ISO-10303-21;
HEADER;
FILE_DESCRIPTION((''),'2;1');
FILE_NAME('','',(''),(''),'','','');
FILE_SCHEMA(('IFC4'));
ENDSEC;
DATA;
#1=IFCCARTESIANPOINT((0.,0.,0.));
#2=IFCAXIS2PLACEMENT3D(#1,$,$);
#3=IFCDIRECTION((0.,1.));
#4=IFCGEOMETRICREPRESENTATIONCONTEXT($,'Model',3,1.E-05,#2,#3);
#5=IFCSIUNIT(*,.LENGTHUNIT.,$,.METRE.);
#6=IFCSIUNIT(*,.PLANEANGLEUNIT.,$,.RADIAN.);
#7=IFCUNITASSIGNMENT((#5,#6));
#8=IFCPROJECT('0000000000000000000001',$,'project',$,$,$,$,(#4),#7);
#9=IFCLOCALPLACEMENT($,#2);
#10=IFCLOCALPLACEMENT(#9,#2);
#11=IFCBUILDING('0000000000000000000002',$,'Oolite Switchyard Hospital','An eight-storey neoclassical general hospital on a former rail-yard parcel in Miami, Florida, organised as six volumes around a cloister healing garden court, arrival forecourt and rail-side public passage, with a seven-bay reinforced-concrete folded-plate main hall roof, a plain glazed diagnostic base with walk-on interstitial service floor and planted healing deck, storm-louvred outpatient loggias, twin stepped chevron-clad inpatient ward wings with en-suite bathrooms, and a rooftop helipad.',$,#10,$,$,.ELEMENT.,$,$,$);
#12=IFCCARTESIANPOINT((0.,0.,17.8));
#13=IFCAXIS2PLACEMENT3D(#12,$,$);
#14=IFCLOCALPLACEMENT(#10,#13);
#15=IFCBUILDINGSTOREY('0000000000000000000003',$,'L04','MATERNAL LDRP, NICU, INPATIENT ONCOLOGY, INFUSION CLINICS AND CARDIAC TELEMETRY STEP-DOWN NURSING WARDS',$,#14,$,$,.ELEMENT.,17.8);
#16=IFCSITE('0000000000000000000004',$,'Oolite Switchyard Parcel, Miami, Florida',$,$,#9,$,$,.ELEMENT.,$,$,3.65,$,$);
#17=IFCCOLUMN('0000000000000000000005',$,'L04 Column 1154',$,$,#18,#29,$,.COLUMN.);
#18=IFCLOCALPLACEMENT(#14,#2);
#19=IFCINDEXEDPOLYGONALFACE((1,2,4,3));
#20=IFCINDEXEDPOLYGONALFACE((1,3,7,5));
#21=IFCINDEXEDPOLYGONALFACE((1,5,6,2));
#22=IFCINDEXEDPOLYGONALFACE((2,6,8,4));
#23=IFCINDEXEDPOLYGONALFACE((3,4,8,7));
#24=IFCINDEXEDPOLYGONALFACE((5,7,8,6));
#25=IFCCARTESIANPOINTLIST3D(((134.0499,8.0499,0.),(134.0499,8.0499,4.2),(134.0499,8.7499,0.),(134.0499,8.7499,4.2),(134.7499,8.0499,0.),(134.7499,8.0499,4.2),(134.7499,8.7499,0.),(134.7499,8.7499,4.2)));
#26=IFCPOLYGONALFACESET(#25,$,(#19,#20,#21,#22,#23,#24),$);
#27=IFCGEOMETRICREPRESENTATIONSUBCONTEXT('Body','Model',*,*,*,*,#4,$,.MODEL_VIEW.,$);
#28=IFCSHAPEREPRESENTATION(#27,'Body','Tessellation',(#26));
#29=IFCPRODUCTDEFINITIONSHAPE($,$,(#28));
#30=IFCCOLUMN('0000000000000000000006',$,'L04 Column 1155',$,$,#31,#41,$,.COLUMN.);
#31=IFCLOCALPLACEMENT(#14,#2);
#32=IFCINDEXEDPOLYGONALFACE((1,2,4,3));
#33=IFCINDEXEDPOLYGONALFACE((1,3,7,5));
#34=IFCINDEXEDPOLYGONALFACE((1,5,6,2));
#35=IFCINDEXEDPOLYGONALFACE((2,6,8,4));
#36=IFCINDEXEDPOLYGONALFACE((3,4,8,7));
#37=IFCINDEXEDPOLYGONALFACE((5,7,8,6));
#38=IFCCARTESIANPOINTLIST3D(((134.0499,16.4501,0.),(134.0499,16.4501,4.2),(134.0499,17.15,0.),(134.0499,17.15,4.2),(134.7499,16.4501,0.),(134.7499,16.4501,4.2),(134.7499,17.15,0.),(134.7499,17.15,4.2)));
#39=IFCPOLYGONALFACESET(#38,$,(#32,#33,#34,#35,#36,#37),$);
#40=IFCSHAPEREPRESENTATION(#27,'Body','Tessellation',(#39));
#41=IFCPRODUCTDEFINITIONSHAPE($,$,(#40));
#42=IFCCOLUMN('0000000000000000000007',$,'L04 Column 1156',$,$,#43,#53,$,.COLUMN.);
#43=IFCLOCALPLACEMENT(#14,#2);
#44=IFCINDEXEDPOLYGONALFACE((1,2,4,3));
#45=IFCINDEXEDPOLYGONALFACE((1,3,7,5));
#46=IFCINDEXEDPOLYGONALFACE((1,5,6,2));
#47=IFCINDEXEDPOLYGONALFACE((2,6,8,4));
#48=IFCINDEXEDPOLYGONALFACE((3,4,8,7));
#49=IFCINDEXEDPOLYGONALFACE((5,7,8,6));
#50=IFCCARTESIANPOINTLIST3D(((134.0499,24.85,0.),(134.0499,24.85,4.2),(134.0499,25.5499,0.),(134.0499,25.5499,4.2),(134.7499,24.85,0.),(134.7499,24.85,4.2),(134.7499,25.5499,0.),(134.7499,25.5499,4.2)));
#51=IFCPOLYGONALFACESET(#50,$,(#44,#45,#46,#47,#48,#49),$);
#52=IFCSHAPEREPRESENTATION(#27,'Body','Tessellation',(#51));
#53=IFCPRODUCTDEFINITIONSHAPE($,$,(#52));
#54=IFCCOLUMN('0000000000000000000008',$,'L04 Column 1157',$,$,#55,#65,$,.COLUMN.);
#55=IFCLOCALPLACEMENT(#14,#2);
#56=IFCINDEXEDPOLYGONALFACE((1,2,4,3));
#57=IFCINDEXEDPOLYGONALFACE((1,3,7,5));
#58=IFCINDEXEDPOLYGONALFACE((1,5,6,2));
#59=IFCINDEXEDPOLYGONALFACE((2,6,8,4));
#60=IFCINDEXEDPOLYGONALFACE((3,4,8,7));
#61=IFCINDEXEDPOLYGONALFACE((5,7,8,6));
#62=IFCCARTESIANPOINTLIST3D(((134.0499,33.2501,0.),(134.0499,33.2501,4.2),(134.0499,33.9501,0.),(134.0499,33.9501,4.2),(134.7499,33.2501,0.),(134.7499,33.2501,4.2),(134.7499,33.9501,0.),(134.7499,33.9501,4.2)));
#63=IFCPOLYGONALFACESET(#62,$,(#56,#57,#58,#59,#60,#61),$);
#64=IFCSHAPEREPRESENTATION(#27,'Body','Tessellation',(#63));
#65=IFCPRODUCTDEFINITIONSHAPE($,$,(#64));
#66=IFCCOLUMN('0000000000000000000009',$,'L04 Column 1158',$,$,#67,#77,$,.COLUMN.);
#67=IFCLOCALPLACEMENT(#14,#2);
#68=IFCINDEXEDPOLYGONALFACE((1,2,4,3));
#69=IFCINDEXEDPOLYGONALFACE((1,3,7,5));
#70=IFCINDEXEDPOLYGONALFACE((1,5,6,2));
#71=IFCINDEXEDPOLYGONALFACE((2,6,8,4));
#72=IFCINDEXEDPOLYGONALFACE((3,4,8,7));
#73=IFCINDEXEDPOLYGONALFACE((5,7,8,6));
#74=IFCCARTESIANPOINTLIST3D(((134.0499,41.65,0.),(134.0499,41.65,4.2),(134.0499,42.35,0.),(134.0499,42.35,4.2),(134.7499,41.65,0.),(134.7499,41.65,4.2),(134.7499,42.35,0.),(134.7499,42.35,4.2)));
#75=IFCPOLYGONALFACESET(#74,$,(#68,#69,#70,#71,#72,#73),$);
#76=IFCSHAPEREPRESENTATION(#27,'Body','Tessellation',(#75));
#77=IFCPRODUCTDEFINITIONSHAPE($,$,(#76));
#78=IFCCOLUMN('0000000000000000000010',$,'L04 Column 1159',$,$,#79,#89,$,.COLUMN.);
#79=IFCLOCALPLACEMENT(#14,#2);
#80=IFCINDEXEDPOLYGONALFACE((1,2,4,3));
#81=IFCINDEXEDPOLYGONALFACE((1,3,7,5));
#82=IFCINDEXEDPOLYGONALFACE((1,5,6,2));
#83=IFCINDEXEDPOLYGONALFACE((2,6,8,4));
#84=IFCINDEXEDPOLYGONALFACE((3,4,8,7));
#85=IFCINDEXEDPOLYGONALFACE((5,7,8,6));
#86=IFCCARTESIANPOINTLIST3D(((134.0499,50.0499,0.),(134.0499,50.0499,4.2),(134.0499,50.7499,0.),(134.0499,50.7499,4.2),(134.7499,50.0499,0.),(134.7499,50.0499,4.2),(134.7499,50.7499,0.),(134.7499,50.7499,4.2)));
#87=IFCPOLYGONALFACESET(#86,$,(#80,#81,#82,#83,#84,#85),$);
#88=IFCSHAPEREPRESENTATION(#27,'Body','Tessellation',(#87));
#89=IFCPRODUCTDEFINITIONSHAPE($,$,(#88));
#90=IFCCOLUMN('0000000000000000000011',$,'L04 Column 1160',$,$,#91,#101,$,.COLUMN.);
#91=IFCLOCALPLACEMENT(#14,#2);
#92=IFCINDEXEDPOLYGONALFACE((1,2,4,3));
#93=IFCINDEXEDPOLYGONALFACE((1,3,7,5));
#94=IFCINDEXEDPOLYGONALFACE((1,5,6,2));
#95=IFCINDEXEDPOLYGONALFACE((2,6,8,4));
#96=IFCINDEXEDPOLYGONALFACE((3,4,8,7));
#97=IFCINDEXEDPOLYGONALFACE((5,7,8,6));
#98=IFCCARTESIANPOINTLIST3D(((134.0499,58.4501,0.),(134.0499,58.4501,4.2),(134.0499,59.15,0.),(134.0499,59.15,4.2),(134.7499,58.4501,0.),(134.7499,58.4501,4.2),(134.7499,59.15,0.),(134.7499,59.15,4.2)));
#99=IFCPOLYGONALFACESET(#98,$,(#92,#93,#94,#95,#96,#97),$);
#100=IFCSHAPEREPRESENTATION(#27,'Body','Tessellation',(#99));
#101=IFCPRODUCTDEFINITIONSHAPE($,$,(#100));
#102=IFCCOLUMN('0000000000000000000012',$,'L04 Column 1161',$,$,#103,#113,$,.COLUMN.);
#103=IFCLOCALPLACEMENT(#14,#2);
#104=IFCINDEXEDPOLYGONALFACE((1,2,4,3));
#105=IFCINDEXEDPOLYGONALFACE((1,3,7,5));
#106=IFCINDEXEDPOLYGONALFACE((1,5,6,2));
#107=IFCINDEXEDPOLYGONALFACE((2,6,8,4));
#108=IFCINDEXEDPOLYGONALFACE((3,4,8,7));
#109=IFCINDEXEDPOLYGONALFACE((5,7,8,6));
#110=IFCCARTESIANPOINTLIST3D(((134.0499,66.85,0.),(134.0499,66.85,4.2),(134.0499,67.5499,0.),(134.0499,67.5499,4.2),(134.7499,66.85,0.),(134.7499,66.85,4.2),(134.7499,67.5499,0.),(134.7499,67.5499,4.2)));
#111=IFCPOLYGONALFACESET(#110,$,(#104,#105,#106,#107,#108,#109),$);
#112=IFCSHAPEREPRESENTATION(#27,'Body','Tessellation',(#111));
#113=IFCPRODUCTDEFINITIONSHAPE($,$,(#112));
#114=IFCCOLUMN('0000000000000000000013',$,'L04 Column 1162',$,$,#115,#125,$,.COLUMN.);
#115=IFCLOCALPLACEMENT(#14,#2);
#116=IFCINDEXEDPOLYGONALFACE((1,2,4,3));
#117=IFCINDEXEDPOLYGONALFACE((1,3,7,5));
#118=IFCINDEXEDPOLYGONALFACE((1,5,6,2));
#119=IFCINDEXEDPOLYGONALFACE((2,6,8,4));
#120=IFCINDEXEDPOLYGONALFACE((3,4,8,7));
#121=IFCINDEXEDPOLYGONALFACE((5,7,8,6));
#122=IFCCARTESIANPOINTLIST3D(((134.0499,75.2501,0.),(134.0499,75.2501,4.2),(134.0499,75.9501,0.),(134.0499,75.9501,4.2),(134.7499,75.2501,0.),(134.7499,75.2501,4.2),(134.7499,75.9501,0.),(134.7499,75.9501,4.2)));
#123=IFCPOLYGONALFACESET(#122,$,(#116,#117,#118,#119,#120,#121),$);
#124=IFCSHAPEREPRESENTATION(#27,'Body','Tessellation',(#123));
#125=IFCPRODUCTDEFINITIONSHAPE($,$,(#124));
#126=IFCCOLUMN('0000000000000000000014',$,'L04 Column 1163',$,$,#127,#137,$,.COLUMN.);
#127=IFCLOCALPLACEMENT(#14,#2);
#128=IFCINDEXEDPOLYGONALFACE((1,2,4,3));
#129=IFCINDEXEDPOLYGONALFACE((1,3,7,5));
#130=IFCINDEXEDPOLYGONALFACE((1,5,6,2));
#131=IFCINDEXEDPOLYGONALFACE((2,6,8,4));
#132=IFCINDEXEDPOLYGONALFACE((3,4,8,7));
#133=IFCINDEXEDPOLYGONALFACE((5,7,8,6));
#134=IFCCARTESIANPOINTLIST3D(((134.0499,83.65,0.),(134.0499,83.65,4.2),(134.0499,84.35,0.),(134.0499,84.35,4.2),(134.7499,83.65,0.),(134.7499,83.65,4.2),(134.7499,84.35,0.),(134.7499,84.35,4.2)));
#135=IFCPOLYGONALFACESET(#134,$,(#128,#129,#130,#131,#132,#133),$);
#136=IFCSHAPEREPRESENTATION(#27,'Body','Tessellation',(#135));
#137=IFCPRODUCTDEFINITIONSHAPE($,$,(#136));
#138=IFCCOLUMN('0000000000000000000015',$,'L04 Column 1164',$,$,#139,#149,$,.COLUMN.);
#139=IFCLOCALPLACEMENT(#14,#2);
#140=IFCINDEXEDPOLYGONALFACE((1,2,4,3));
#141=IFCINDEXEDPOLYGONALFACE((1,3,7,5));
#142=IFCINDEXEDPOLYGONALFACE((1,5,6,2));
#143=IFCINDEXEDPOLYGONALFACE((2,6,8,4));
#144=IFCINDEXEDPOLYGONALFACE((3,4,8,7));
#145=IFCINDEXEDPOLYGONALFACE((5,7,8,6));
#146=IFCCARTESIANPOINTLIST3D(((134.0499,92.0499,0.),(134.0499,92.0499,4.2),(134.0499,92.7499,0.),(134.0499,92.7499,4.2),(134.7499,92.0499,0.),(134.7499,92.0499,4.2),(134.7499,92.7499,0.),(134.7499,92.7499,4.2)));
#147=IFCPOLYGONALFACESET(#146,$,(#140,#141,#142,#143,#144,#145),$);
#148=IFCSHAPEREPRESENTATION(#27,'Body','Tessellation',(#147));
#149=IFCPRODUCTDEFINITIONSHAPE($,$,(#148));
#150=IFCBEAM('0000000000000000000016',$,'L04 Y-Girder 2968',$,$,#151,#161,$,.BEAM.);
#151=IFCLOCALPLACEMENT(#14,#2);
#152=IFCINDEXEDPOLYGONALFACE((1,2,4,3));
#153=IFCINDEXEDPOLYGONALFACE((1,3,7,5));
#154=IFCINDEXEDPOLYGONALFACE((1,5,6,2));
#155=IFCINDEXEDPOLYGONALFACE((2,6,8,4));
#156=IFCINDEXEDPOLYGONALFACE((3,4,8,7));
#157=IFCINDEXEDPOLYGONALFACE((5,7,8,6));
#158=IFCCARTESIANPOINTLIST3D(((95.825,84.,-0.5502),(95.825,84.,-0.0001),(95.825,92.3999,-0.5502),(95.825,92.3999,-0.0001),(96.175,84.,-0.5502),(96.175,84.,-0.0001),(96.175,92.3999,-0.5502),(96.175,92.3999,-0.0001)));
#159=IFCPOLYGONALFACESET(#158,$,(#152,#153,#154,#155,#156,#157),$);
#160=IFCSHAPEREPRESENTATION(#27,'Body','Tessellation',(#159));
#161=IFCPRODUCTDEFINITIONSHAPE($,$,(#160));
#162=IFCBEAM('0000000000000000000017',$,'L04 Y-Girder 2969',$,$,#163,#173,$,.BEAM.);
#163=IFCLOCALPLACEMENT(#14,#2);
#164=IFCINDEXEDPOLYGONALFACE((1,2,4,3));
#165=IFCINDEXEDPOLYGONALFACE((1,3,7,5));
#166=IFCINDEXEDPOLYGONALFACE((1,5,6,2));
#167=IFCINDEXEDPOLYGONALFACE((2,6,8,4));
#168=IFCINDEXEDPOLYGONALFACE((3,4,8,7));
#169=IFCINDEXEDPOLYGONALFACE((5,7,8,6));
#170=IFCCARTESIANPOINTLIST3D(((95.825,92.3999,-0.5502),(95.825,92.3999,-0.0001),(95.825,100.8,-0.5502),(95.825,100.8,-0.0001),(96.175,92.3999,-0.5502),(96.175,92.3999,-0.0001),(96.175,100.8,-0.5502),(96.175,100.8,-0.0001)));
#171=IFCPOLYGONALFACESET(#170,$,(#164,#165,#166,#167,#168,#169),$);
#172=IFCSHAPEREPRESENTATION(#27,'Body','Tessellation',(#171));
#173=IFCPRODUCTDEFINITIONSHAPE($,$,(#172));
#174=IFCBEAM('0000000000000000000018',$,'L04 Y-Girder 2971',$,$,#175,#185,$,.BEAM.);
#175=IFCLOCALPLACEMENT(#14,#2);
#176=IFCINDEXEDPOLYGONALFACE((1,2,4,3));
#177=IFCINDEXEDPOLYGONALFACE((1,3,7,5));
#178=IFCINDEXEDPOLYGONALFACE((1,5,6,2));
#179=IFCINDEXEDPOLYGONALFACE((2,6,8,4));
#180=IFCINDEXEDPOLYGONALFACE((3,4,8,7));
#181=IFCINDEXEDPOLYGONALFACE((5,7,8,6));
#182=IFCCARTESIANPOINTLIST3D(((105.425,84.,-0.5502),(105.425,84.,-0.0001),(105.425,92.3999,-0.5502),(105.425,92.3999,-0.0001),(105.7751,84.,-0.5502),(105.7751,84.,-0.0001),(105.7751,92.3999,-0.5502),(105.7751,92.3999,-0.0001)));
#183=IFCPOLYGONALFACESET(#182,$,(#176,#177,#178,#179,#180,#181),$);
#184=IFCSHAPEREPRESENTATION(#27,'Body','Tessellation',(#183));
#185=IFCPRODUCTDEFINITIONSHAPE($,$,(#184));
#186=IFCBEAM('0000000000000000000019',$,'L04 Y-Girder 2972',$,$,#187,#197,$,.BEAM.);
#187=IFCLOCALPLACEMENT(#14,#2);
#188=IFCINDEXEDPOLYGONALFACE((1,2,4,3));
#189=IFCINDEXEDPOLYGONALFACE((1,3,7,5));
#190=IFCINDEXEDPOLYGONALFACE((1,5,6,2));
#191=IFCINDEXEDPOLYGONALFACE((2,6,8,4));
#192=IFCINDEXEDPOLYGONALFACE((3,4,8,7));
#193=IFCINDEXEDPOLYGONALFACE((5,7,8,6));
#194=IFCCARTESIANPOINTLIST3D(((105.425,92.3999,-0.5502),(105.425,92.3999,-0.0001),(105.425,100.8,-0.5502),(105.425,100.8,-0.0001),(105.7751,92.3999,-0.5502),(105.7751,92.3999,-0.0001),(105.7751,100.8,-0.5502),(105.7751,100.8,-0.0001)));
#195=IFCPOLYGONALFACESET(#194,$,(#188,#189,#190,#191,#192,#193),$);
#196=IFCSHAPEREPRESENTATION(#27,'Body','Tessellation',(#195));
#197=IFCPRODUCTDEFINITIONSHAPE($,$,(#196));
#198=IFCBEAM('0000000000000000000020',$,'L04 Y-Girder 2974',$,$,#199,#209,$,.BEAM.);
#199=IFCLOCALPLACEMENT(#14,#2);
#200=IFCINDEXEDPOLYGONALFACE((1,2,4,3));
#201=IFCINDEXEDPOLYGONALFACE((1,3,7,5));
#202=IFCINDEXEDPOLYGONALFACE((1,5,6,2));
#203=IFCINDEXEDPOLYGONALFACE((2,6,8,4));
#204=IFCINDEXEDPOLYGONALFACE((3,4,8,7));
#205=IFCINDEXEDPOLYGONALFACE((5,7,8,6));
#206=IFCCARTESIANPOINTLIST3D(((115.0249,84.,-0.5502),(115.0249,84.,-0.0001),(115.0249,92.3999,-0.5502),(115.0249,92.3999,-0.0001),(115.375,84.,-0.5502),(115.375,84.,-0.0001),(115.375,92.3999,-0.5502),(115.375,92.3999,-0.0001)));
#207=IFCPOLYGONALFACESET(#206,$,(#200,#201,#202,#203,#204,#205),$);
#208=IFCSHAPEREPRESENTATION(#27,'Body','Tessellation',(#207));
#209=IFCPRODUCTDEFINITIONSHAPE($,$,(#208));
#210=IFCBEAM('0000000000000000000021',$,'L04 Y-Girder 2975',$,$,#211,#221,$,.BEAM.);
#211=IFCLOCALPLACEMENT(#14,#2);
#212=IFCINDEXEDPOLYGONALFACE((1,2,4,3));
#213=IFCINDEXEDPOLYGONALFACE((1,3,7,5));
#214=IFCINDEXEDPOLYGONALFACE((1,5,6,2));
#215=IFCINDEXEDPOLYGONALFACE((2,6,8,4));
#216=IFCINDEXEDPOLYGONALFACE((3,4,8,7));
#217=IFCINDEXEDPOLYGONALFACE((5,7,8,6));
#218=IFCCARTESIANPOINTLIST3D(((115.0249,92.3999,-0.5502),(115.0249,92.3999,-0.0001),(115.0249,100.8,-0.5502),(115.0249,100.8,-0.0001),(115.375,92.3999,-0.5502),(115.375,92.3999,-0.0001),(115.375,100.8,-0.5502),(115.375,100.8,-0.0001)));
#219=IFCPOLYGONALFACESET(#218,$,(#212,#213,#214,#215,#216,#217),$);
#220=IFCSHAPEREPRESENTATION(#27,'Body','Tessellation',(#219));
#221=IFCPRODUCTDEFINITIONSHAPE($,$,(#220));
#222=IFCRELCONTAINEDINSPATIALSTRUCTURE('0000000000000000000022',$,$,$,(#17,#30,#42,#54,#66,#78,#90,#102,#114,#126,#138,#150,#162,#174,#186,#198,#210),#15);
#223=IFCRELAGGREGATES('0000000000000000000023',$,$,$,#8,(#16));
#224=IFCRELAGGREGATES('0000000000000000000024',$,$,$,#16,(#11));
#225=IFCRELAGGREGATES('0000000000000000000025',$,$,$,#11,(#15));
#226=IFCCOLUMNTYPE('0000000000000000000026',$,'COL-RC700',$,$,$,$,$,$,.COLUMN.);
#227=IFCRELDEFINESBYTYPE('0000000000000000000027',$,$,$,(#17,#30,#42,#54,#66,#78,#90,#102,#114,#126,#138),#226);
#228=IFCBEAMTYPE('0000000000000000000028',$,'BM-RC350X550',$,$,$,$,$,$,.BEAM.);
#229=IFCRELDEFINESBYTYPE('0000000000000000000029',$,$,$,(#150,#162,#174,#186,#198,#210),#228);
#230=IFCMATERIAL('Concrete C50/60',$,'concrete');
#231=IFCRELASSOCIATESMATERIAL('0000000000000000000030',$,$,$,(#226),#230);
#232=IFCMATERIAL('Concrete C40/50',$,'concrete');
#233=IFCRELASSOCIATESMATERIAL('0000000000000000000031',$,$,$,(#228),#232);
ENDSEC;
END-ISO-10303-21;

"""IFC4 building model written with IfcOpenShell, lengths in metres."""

from ifc_helpers import new_model, si_unit, direction, frame, origin, origin_2d, place, context, subcontext, project, spatial, rectangle, extrude, material, material_profile, profile_set, type_object, element, save


model = new_model("IFC4")

# Units and contexts
model_context = context("Model", 3, precision=1e-05, world=origin(), true_north=direction((0.0, 1.0)))
body_context = subcontext(model_context, "Body", "Model", "MODEL_VIEW")
ifc_project = project(units=[si_unit("LENGTHUNIT", "METRE"), si_unit("PLANEANGLEUNIT", "RADIAN")], contexts=[model_context])

# Site, building, storey
site_placement = place(None, origin())
site = spatial("IfcSite", under=ifc_project, at=site_placement, Name="Oolite Switchyard Parcel, Miami, Florida", CompositionType="ELEMENT", RefElevation=3.65)
building_placement = place(site_placement, origin())
building = spatial("IfcBuilding", under=site, at=building_placement, Name="Oolite Switchyard Hospital", Description="An eight-storey neoclassical general hospital on a former rail-yard parcel in Miami, Florida, organised as six volumes around a cloister healing garden court, arrival forecourt and rail-side public passage, with a seven-bay reinforced-concrete folded-plate main hall roof, a plain glazed diagnostic base with walk-on interstitial service floor and planted healing deck, storm-louvred outpatient loggias, twin stepped chevron-clad inpatient ward wings with en-suite bathrooms, and a rooftop helipad.", CompositionType="ELEMENT")
storey_placement = place(building_placement, frame((0.0, 0.0, 17.8)))
storey = spatial("IfcBuildingStorey", under=building, at=storey_placement, Name="L04", Description="MATERNAL LDRP, NICU, INPATIENT ONCOLOGY, INFUSION CLINICS AND CARDIAC TELEMETRY STEP-DOWN NURSING WARDS", CompositionType="ELEMENT", Elevation=17.8)

# Columns
ifc_material_1 = material(Name="Concrete C50/60", Category="concrete")
ifc_material_profile_1 = material_profile(ifc_material_1, rectangle(XDim=0.7, YDim=0.7, at=origin_2d()), Name="RC700X700")
ifc_profile_set_1 = profile_set([ifc_material_profile_1], Name="Concrete C50/60")
column_type = type_object("IfcColumnType", Name="COL-RC700", PredefinedType="COLUMN", material=ifc_profile_set_1)
for number, where, z_axis, x_axis, name in (
    (1, (134.3999, 8.3999, 0.0), (0.0, 0.0, 1.0), (1.0, 0.0, 0.0), "L04 Column 1154"),
    (2, (134.3999, 16.8, 0.0), (0.0, 0.0, 1.0), (1.0, 0.0, 0.0), "L04 Column 1155"),
    (3, (134.3999, 25.2, 0.0), (0.0, 0.0, 1.0), (1.0, 0.0, 0.0), "L04 Column 1156"),
    (4, (134.3999, 33.6001, 0.0), (0.0, 0.0, 1.0), (1.0, 0.0, 0.0), "L04 Column 1157"),
    (5, (134.3999, 42.0, 0.0), (0.0, 0.0, 1.0), (1.0, 0.0, 0.0), "L04 Column 1158"),
    (6, (134.3999, 50.3999, 0.0), (0.0, 0.0, 1.0), (1.0, 0.0, 0.0), "L04 Column 1159"),
    (7, (134.3999, 58.8, 0.0), (0.0, 0.0, 1.0), (1.0, 0.0, 0.0), "L04 Column 1160"),
    (8, (134.3999, 67.2, 0.0), (0.0, 0.0, 1.0), (1.0, 0.0, 0.0), "L04 Column 1161"),
    (9, (134.3999, 75.6001, 0.0), (0.0, 0.0, 1.0), (1.0, 0.0, 0.0), "L04 Column 1162"),
    (10, (134.3999, 84.0, 0.0), (0.0, 0.0, 1.0), (1.0, 0.0, 0.0), "L04 Column 1163"),
    (11, (134.3999, 92.3999, 0.0), (0.0, 0.0, 1.0), (1.0, 0.0, 0.0), "L04 Column 1164"),
):
    element("IfcColumn", number, at=place(storey_placement, frame(where, z_axis=z_axis, x_axis=x_axis)), inside=storey, type_object=column_type, Name=name, PredefinedType="COLUMN", context=body_context, shape_type="SweptSolid", body=[
        extrude(rectangle(XDim=0.7, YDim=0.7, at=origin_2d()), origin(), (0.0, 0.0, 1.0), 4.2),
    ])

# Beams
ifc_material_2 = material(Name="Concrete C40/50", Category="concrete")
ifc_material_profile_2 = material_profile(ifc_material_2, rectangle(XDim=0.3501, YDim=0.55, at=origin_2d()), Name="RCB350X550")
ifc_profile_set_2 = profile_set([ifc_material_profile_2], Name="Concrete C40/50")
beam_type_1 = type_object("IfcBeamType", Name="BM-RC350X550", PredefinedType="BEAM", material=ifc_profile_set_2)
beam_1_placement = place(storey_placement, frame((96.0, 84.0, -0.2751), z_axis=(0.0, 1.0, 0.0), x_axis=(-1.0, 0.0, 0.0)))
element("IfcBeam", 12, at=beam_1_placement, inside=storey, type_object=beam_type_1, Name="L04 Y-Girder 2968", PredefinedType="BEAM", context=body_context, shape_type="SweptSolid", body=[
    extrude(rectangle(XDim=0.3501, YDim=0.55, at=origin_2d()), origin(), (0.0, 0.0, 1.0), 8.3999),
])
beam_2_placement = place(storey_placement, frame((96.0, 92.3999, -0.2751), z_axis=(0.0, 1.0, 0.0), x_axis=(-1.0, 0.0, 0.0)))
element("IfcBeam", 13, at=beam_2_placement, inside=storey, type_object=beam_type_1, Name="L04 Y-Girder 2969", PredefinedType="BEAM", context=body_context, shape_type="SweptSolid", body=[
    extrude(rectangle(XDim=0.3501, YDim=0.55, at=origin_2d()), origin(), (0.0, 0.0, 1.0), 8.4001),
])
beam_3_placement = place(storey_placement, frame((105.6001, 84.0, -0.2751), z_axis=(0.0, 1.0, 0.0), x_axis=(-1.0, 0.0, 0.0)))
element("IfcBeam", 14, at=beam_3_placement, inside=storey, type_object=beam_type_1, Name="L04 Y-Girder 2971", PredefinedType="BEAM", context=body_context, shape_type="SweptSolid", body=[
    extrude(rectangle(XDim=0.3501, YDim=0.55, at=origin_2d()), origin(), (0.0, 0.0, 1.0), 8.3999),
])
beam_4_placement = place(storey_placement, frame((105.6001, 92.3999, -0.2751), z_axis=(0.0, 1.0, 0.0), x_axis=(-1.0, 0.0, 0.0)))
element("IfcBeam", 15, at=beam_4_placement, inside=storey, type_object=beam_type_1, Name="L04 Y-Girder 2972", PredefinedType="BEAM", context=body_context, shape_type="SweptSolid", body=[
    extrude(rectangle(XDim=0.3501, YDim=0.55, at=origin_2d()), origin(), (0.0, 0.0, 1.0), 8.4001),
])
beam_5_placement = place(storey_placement, frame((115.2, 84.0, -0.2751), z_axis=(0.0, 1.0, 0.0), x_axis=(-1.0, 0.0, 0.0)))
element("IfcBeam", 16, at=beam_5_placement, inside=storey, type_object=beam_type_1, Name="L04 Y-Girder 2974", PredefinedType="BEAM", context=body_context, shape_type="SweptSolid", body=[
    extrude(rectangle(XDim=0.3501, YDim=0.55, at=origin_2d()), origin(), (0.0, 0.0, 1.0), 8.3999),
])
beam_6_placement = place(storey_placement, frame((115.2, 92.3999, -0.2751), z_axis=(0.0, 1.0, 0.0), x_axis=(-1.0, 0.0, 0.0)))
element("IfcBeam", 17, at=beam_6_placement, inside=storey, type_object=beam_type_1, Name="L04 Y-Girder 2975", PredefinedType="BEAM", context=body_context, shape_type="SweptSolid", body=[
    extrude(rectangle(XDim=0.3501, YDim=0.55, at=origin_2d()), origin(), (0.0, 0.0, 1.0), 8.4001),
])

save(model, "model.ifc")
